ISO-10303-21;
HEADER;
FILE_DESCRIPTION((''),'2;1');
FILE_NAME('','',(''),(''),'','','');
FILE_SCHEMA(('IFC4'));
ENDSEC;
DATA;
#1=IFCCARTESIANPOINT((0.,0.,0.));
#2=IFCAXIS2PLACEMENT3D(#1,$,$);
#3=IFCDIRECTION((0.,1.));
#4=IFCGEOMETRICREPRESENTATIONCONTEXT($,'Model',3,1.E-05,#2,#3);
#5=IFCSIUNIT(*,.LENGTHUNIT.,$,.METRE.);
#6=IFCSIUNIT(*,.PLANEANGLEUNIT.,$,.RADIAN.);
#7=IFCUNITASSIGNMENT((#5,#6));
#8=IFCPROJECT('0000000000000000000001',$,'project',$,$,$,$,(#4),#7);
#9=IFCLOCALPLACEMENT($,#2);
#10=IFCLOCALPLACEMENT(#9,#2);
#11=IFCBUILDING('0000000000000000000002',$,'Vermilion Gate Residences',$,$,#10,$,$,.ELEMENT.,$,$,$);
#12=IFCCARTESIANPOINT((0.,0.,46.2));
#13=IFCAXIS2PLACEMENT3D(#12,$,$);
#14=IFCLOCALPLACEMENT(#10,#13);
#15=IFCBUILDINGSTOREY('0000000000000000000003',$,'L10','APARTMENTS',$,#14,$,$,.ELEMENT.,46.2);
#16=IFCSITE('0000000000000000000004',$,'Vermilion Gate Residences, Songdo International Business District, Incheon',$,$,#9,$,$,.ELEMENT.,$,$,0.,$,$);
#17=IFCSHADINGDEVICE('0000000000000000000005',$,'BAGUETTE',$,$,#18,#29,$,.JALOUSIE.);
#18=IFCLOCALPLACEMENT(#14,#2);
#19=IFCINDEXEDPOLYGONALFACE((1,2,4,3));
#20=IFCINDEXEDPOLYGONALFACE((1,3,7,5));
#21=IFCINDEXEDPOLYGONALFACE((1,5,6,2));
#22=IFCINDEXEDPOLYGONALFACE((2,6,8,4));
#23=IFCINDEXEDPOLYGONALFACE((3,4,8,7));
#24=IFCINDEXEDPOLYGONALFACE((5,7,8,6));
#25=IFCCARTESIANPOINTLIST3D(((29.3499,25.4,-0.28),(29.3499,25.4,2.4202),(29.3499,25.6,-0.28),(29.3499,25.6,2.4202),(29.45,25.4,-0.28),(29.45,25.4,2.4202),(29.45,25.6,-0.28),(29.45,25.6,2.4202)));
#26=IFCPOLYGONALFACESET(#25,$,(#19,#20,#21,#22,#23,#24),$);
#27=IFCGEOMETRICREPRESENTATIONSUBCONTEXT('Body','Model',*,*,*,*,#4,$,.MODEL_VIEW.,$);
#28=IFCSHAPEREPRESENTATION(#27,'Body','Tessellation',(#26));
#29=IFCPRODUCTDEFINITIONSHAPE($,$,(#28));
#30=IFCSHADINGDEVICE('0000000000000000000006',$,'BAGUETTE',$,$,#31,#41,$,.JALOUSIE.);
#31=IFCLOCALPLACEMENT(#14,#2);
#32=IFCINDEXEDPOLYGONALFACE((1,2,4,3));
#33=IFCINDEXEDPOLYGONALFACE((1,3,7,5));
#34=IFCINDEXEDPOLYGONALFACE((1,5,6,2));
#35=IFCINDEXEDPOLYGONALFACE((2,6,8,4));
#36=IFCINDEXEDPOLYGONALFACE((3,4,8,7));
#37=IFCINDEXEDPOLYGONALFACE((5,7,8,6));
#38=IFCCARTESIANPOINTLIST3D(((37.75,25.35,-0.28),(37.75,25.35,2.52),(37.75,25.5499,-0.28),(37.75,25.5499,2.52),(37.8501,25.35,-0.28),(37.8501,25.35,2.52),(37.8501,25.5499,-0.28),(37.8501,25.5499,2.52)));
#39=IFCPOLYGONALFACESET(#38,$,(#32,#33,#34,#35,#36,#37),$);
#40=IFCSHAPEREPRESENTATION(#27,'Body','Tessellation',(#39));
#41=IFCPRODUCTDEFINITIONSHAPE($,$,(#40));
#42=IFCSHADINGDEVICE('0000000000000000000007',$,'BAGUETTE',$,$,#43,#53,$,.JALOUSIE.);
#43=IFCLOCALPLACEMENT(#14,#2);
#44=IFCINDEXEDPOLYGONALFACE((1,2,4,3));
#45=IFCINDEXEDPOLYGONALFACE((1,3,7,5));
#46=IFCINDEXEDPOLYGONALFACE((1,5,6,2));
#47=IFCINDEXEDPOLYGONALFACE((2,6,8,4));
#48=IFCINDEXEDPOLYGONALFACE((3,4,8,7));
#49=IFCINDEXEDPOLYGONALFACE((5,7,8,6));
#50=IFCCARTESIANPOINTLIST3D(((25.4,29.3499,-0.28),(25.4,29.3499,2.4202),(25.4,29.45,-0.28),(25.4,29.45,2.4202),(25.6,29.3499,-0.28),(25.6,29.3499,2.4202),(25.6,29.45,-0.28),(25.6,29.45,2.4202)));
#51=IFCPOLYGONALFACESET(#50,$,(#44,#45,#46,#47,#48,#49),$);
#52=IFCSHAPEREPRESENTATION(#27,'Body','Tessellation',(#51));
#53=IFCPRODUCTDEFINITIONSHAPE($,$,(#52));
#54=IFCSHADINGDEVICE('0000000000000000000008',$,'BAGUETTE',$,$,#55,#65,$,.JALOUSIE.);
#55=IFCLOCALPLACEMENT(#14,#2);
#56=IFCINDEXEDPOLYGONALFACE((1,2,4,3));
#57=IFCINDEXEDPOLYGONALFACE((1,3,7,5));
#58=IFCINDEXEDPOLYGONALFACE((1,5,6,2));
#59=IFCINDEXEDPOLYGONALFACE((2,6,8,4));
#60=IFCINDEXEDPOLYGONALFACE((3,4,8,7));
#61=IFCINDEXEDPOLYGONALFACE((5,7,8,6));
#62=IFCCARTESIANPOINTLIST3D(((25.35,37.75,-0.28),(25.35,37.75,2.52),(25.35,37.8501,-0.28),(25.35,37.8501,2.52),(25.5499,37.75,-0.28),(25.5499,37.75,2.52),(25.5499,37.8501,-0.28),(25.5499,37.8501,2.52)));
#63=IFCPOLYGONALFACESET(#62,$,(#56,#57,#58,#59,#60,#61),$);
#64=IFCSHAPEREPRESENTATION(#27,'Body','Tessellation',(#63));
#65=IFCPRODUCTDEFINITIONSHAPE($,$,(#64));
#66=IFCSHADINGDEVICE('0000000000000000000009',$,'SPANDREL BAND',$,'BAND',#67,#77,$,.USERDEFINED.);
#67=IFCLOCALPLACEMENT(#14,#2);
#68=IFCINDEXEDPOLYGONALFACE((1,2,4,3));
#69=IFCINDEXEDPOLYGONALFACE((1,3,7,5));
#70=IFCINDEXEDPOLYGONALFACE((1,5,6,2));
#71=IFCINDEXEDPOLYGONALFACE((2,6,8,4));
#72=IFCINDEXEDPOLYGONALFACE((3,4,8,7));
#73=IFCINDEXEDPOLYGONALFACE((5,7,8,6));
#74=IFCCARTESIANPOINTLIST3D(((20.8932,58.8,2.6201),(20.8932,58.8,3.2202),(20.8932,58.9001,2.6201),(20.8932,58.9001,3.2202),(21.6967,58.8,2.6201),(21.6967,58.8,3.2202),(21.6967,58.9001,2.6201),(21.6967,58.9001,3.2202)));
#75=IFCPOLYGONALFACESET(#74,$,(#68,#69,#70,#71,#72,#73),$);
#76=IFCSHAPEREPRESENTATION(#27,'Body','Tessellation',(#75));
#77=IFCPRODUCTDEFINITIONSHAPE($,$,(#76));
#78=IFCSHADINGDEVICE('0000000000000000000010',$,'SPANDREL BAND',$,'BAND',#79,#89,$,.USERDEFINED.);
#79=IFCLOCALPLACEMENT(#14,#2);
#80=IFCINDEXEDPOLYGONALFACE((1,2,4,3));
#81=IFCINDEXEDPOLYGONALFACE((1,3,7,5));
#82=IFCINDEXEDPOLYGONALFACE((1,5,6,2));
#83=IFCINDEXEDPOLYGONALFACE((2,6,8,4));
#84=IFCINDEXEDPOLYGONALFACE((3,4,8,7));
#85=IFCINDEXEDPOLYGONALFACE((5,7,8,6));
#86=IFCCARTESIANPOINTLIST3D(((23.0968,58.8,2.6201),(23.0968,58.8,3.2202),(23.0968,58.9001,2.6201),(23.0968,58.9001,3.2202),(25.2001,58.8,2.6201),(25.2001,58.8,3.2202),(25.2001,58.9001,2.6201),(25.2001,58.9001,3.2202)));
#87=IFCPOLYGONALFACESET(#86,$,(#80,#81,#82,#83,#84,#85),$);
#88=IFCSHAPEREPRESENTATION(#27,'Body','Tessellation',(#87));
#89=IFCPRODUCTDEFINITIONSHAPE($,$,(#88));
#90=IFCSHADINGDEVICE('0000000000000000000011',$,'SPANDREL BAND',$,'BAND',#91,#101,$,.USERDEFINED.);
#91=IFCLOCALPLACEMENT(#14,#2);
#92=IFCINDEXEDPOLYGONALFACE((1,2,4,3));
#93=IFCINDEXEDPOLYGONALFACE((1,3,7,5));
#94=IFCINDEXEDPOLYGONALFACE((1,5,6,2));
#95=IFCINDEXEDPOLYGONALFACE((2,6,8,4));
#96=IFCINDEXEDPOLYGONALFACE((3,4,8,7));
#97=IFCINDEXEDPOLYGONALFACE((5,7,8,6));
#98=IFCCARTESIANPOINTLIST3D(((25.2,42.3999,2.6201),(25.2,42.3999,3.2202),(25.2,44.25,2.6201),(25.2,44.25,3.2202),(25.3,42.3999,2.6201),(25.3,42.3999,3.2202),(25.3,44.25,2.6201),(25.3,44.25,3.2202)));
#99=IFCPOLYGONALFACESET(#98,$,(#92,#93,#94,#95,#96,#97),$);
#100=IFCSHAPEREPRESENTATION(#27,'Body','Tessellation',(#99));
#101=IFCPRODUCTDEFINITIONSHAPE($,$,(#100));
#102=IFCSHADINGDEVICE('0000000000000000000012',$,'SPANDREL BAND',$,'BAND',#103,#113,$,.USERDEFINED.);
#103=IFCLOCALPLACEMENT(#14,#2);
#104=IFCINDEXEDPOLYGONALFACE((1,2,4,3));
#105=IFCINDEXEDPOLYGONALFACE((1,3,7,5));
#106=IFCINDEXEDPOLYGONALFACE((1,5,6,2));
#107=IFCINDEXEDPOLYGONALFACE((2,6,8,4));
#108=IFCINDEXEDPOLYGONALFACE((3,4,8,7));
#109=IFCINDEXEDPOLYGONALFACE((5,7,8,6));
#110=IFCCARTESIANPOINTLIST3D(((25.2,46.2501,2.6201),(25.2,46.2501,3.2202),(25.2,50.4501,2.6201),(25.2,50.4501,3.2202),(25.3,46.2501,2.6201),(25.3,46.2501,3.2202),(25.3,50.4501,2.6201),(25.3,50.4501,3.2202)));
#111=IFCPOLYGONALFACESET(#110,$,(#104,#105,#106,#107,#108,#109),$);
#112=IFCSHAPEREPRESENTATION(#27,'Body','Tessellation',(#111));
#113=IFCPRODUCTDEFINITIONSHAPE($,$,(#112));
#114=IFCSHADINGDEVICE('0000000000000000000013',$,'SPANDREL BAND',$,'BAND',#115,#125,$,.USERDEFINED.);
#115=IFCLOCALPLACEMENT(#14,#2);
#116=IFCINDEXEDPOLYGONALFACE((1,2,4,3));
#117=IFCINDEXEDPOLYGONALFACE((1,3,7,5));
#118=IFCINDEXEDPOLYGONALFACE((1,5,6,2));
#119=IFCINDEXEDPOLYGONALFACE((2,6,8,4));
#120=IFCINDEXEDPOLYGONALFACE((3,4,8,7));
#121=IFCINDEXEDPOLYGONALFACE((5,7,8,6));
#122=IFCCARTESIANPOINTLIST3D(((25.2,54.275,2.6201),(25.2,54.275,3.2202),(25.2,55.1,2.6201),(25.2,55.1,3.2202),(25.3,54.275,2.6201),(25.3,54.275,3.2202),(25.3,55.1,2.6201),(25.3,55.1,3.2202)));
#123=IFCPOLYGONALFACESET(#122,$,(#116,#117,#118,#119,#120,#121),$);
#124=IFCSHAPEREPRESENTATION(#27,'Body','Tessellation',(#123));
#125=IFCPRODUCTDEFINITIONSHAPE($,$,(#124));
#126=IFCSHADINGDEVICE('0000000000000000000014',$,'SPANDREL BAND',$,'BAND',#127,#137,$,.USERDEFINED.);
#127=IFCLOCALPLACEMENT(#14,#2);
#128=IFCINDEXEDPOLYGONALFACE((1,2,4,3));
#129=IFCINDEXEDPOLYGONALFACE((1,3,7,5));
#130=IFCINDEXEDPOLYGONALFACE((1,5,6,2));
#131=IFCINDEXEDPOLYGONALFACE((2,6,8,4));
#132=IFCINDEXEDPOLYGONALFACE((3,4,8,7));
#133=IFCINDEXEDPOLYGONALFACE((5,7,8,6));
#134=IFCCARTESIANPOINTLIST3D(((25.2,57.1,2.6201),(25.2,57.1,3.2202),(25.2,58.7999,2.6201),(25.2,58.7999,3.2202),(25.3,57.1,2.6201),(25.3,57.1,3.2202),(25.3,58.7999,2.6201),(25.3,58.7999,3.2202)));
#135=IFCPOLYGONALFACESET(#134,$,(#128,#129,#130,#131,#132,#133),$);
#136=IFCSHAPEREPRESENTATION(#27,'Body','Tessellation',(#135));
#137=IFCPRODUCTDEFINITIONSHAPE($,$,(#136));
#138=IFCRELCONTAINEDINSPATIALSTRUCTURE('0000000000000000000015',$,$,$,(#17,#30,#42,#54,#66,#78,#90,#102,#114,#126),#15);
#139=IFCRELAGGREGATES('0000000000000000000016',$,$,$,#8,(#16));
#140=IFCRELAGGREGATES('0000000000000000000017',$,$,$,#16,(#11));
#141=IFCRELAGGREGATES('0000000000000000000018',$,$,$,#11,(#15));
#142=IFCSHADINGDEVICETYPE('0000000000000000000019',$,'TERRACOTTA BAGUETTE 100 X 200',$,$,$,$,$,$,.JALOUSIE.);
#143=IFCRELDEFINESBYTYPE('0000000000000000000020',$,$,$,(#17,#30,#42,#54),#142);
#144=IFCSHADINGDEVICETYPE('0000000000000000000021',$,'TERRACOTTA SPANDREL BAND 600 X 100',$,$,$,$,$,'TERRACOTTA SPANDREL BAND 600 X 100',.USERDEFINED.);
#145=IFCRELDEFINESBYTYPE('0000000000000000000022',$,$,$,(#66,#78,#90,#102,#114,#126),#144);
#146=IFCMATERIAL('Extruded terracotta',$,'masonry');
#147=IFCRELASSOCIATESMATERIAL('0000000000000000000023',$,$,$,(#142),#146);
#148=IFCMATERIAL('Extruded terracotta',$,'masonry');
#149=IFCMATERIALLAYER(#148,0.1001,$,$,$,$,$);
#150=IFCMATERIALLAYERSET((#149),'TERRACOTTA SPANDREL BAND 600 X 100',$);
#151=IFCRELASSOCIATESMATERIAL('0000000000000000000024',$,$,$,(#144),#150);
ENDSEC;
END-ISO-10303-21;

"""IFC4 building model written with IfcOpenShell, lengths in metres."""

from ifc_helpers import new_model, si_unit, direction, frame, origin, origin_2d, place, context, subcontext, project, spatial, rectangle, extrude, material, layer, layer_set, material_profile, profile_set, type_object, element, save


model = new_model("IFC4")

# Units and contexts
model_context = context("Model", 3, precision=1e-05, world=origin(), true_north=direction((0.0, 1.0)))
body_context = subcontext(model_context, "Body", "Model", "MODEL_VIEW")
ifc_project = project(units=[si_unit("LENGTHUNIT", "METRE"), si_unit("PLANEANGLEUNIT", "RADIAN")], contexts=[model_context])

# Site, building, storey
site_placement = place(None, origin())
site = spatial("IfcSite", under=ifc_project, at=site_placement, Name="Vermilion Gate Residences, Songdo International Business District, Incheon", CompositionType="ELEMENT", RefElevation=0.0)
building_placement = place(site_placement, origin())
building = spatial("IfcBuilding", under=site, at=building_placement, Name="Vermilion Gate Residences", CompositionType="ELEMENT")
storey_placement = place(building_placement, frame((0.0, 0.0, 46.2)))
storey = spatial("IfcBuildingStorey", under=building, at=storey_placement, Name="L10", Description="APARTMENTS", CompositionType="ELEMENT", Elevation=46.2)

# Shading devices
ifc_material_1 = material(Name="Extruded terracotta", Category="masonry")
ifc_material_profile_1 = material_profile(ifc_material_1, rectangle(XDim=0.2, YDim=0.1001, at=origin_2d()), Name="BAGUETTE 100 X 200")
ifc_profile_set_1 = profile_set([ifc_material_profile_1], Name="Extruded terracotta")
shading_device_type_1 = type_object("IfcShadingDeviceType", Name="TERRACOTTA BAGUETTE 100 X 200", PredefinedType="JALOUSIE", material=ifc_profile_set_1)
shading_device_1_placement = place(storey_placement, frame((29.3999, 25.5, -0.28), z_axis=(0.0, 0.0, 1.0), x_axis=(0.0, -1.0, 0.0)))
element("IfcShadingDevice", 1, at=shading_device_1_placement, inside=storey, type_object=shading_device_type_1, Name="BAGUETTE", PredefinedType="JALOUSIE", context=body_context, shape_type="SweptSolid", body=[
    extrude(rectangle(XDim=0.2, YDim=0.1001, at=origin_2d()), origin(), (0.0, 0.0, 1.0), 2.7002),
])
shading_device_2_placement = place(storey_placement, frame((37.8, 25.45, -0.28), z_axis=(0.0, 0.0, 1.0), x_axis=(0.0, -1.0, 0.0)))
element("IfcShadingDevice", 2, at=shading_device_2_placement, inside=storey, type_object=shading_device_type_1, Name="BAGUETTE", PredefinedType="JALOUSIE", context=body_context, shape_type="SweptSolid", body=[
    extrude(rectangle(XDim=0.2, YDim=0.1001, at=origin_2d()), origin(), (0.0, 0.0, 1.0), 2.8),
])
shading_device_3_placement = place(storey_placement, frame((25.5, 29.3999, -0.28), z_axis=(0.0, 0.0, 1.0), x_axis=(-1.0, 0.0, 0.0)))
element("IfcShadingDevice", 3, at=shading_device_3_placement, inside=storey, type_object=shading_device_type_1, Name="BAGUETTE", PredefinedType="JALOUSIE", context=body_context, shape_type="SweptSolid", body=[
    extrude(rectangle(XDim=0.2, YDim=0.1001, at=origin_2d()), origin(), (0.0, 0.0, 1.0), 2.7002),
])
shading_device_4_placement = place(storey_placement, frame((25.45, 37.8, -0.28), z_axis=(0.0, 0.0, 1.0), x_axis=(-1.0, 0.0, 0.0)))
element("IfcShadingDevice", 4, at=shading_device_4_placement, inside=storey, type_object=shading_device_type_1, Name="BAGUETTE", PredefinedType="JALOUSIE", context=body_context, shape_type="SweptSolid", body=[
    extrude(rectangle(XDim=0.2, YDim=0.1001, at=origin_2d()), origin(), (0.0, 0.0, 1.0), 2.8),
])
ifc_material_2 = material(Name="Extruded terracotta", Category="masonry")
ifc_layer_1 = layer(ifc_material_2, 0.1001)
ifc_layer_set_1 = layer_set([ifc_layer_1], Name="TERRACOTTA SPANDREL BAND 600 X 100")
shading_device_type_2 = type_object("IfcShadingDeviceType", Name="TERRACOTTA SPANDREL BAND 600 X 100", ElementType="TERRACOTTA SPANDREL BAND 600 X 100", PredefinedType="USERDEFINED", material=ifc_layer_set_1)
shading_device_5_placement = place(storey_placement, frame((21.2949, 58.8501, 2.6201), z_axis=(0.0, 0.0, 1.0), x_axis=(1.0, 0.0, 0.0)))
element("IfcShadingDevice", 5, at=shading_device_5_placement, inside=storey, type_object=shading_device_type_2, Name="SPANDREL BAND", ObjectType="BAND", PredefinedType="USERDEFINED", context=body_context, shape_type="SweptSolid", body=[
    extrude(rectangle(XDim=0.8035, YDim=0.1001, at=origin_2d()), origin(), (0.0, 0.0, 1.0), 0.6001),
])
shading_device_6_placement = place(storey_placement, frame((24.1484, 58.8501, 2.6201), z_axis=(0.0, 0.0, 1.0), x_axis=(1.0, 0.0, 0.0)))
element("IfcShadingDevice", 6, at=shading_device_6_placement, inside=storey, type_object=shading_device_type_2, Name="SPANDREL BAND", ObjectType="BAND", PredefinedType="USERDEFINED", context=body_context, shape_type="SweptSolid", body=[
    extrude(rectangle(XDim=2.1033, YDim=0.1001, at=origin_2d()), origin(), (0.0, 0.0, 1.0), 0.6001),
])
shading_device_7_placement = place(storey_placement, frame((25.25, 43.325, 2.6201), z_axis=(0.0, 0.0, 1.0), x_axis=(0.0, 1.0, 0.0)))
element("IfcShadingDevice", 7, at=shading_device_7_placement, inside=storey, type_object=shading_device_type_2, Name="SPANDREL BAND", ObjectType="BAND", PredefinedType="USERDEFINED", context=body_context, shape_type="SweptSolid", body=[
    extrude(rectangle(XDim=1.8501, YDim=0.1001, at=origin_2d()), origin(), (0.0, 0.0, 1.0), 0.6001),
])
shading_device_8_placement = place(storey_placement, frame((25.25, 48.3501, 2.6201), z_axis=(0.0, 0.0, 1.0), x_axis=(0.0, 1.0, 0.0)))
element("IfcShadingDevice", 8, at=shading_device_8_placement, inside=storey, type_object=shading_device_type_2, Name="SPANDREL BAND", ObjectType="BAND", PredefinedType="USERDEFINED", context=body_context, shape_type="SweptSolid", body=[
    extrude(rectangle(XDim=4.2, YDim=0.1001, at=origin_2d()), origin(), (0.0, 0.0, 1.0), 0.6001),
])
shading_device_9_placement = place(storey_placement, frame((25.25, 54.6875, 2.6201), z_axis=(0.0, 0.0, 1.0), x_axis=(0.0, 1.0, 0.0)))
element("IfcShadingDevice", 9, at=shading_device_9_placement, inside=storey, type_object=shading_device_type_2, Name="SPANDREL BAND", ObjectType="BAND", PredefinedType="USERDEFINED", context=body_context, shape_type="SweptSolid", body=[
    extrude(rectangle(XDim=0.825, YDim=0.1001, at=origin_2d()), origin(), (0.0, 0.0, 1.0), 0.6001),
])
shading_device_10_placement = place(storey_placement, frame((25.25, 57.95, 2.6201), z_axis=(0.0, 0.0, 1.0), x_axis=(0.0, 1.0, 0.0)))
element("IfcShadingDevice", 10, at=shading_device_10_placement, inside=storey, type_object=shading_device_type_2, Name="SPANDREL BAND", ObjectType="BAND", PredefinedType="USERDEFINED", context=body_context, shape_type="SweptSolid", body=[
    extrude(rectangle(XDim=1.7, YDim=0.1001, at=origin_2d()), origin(), (0.0, 0.0, 1.0), 0.6001),
])

save(model, "model.ifc")
